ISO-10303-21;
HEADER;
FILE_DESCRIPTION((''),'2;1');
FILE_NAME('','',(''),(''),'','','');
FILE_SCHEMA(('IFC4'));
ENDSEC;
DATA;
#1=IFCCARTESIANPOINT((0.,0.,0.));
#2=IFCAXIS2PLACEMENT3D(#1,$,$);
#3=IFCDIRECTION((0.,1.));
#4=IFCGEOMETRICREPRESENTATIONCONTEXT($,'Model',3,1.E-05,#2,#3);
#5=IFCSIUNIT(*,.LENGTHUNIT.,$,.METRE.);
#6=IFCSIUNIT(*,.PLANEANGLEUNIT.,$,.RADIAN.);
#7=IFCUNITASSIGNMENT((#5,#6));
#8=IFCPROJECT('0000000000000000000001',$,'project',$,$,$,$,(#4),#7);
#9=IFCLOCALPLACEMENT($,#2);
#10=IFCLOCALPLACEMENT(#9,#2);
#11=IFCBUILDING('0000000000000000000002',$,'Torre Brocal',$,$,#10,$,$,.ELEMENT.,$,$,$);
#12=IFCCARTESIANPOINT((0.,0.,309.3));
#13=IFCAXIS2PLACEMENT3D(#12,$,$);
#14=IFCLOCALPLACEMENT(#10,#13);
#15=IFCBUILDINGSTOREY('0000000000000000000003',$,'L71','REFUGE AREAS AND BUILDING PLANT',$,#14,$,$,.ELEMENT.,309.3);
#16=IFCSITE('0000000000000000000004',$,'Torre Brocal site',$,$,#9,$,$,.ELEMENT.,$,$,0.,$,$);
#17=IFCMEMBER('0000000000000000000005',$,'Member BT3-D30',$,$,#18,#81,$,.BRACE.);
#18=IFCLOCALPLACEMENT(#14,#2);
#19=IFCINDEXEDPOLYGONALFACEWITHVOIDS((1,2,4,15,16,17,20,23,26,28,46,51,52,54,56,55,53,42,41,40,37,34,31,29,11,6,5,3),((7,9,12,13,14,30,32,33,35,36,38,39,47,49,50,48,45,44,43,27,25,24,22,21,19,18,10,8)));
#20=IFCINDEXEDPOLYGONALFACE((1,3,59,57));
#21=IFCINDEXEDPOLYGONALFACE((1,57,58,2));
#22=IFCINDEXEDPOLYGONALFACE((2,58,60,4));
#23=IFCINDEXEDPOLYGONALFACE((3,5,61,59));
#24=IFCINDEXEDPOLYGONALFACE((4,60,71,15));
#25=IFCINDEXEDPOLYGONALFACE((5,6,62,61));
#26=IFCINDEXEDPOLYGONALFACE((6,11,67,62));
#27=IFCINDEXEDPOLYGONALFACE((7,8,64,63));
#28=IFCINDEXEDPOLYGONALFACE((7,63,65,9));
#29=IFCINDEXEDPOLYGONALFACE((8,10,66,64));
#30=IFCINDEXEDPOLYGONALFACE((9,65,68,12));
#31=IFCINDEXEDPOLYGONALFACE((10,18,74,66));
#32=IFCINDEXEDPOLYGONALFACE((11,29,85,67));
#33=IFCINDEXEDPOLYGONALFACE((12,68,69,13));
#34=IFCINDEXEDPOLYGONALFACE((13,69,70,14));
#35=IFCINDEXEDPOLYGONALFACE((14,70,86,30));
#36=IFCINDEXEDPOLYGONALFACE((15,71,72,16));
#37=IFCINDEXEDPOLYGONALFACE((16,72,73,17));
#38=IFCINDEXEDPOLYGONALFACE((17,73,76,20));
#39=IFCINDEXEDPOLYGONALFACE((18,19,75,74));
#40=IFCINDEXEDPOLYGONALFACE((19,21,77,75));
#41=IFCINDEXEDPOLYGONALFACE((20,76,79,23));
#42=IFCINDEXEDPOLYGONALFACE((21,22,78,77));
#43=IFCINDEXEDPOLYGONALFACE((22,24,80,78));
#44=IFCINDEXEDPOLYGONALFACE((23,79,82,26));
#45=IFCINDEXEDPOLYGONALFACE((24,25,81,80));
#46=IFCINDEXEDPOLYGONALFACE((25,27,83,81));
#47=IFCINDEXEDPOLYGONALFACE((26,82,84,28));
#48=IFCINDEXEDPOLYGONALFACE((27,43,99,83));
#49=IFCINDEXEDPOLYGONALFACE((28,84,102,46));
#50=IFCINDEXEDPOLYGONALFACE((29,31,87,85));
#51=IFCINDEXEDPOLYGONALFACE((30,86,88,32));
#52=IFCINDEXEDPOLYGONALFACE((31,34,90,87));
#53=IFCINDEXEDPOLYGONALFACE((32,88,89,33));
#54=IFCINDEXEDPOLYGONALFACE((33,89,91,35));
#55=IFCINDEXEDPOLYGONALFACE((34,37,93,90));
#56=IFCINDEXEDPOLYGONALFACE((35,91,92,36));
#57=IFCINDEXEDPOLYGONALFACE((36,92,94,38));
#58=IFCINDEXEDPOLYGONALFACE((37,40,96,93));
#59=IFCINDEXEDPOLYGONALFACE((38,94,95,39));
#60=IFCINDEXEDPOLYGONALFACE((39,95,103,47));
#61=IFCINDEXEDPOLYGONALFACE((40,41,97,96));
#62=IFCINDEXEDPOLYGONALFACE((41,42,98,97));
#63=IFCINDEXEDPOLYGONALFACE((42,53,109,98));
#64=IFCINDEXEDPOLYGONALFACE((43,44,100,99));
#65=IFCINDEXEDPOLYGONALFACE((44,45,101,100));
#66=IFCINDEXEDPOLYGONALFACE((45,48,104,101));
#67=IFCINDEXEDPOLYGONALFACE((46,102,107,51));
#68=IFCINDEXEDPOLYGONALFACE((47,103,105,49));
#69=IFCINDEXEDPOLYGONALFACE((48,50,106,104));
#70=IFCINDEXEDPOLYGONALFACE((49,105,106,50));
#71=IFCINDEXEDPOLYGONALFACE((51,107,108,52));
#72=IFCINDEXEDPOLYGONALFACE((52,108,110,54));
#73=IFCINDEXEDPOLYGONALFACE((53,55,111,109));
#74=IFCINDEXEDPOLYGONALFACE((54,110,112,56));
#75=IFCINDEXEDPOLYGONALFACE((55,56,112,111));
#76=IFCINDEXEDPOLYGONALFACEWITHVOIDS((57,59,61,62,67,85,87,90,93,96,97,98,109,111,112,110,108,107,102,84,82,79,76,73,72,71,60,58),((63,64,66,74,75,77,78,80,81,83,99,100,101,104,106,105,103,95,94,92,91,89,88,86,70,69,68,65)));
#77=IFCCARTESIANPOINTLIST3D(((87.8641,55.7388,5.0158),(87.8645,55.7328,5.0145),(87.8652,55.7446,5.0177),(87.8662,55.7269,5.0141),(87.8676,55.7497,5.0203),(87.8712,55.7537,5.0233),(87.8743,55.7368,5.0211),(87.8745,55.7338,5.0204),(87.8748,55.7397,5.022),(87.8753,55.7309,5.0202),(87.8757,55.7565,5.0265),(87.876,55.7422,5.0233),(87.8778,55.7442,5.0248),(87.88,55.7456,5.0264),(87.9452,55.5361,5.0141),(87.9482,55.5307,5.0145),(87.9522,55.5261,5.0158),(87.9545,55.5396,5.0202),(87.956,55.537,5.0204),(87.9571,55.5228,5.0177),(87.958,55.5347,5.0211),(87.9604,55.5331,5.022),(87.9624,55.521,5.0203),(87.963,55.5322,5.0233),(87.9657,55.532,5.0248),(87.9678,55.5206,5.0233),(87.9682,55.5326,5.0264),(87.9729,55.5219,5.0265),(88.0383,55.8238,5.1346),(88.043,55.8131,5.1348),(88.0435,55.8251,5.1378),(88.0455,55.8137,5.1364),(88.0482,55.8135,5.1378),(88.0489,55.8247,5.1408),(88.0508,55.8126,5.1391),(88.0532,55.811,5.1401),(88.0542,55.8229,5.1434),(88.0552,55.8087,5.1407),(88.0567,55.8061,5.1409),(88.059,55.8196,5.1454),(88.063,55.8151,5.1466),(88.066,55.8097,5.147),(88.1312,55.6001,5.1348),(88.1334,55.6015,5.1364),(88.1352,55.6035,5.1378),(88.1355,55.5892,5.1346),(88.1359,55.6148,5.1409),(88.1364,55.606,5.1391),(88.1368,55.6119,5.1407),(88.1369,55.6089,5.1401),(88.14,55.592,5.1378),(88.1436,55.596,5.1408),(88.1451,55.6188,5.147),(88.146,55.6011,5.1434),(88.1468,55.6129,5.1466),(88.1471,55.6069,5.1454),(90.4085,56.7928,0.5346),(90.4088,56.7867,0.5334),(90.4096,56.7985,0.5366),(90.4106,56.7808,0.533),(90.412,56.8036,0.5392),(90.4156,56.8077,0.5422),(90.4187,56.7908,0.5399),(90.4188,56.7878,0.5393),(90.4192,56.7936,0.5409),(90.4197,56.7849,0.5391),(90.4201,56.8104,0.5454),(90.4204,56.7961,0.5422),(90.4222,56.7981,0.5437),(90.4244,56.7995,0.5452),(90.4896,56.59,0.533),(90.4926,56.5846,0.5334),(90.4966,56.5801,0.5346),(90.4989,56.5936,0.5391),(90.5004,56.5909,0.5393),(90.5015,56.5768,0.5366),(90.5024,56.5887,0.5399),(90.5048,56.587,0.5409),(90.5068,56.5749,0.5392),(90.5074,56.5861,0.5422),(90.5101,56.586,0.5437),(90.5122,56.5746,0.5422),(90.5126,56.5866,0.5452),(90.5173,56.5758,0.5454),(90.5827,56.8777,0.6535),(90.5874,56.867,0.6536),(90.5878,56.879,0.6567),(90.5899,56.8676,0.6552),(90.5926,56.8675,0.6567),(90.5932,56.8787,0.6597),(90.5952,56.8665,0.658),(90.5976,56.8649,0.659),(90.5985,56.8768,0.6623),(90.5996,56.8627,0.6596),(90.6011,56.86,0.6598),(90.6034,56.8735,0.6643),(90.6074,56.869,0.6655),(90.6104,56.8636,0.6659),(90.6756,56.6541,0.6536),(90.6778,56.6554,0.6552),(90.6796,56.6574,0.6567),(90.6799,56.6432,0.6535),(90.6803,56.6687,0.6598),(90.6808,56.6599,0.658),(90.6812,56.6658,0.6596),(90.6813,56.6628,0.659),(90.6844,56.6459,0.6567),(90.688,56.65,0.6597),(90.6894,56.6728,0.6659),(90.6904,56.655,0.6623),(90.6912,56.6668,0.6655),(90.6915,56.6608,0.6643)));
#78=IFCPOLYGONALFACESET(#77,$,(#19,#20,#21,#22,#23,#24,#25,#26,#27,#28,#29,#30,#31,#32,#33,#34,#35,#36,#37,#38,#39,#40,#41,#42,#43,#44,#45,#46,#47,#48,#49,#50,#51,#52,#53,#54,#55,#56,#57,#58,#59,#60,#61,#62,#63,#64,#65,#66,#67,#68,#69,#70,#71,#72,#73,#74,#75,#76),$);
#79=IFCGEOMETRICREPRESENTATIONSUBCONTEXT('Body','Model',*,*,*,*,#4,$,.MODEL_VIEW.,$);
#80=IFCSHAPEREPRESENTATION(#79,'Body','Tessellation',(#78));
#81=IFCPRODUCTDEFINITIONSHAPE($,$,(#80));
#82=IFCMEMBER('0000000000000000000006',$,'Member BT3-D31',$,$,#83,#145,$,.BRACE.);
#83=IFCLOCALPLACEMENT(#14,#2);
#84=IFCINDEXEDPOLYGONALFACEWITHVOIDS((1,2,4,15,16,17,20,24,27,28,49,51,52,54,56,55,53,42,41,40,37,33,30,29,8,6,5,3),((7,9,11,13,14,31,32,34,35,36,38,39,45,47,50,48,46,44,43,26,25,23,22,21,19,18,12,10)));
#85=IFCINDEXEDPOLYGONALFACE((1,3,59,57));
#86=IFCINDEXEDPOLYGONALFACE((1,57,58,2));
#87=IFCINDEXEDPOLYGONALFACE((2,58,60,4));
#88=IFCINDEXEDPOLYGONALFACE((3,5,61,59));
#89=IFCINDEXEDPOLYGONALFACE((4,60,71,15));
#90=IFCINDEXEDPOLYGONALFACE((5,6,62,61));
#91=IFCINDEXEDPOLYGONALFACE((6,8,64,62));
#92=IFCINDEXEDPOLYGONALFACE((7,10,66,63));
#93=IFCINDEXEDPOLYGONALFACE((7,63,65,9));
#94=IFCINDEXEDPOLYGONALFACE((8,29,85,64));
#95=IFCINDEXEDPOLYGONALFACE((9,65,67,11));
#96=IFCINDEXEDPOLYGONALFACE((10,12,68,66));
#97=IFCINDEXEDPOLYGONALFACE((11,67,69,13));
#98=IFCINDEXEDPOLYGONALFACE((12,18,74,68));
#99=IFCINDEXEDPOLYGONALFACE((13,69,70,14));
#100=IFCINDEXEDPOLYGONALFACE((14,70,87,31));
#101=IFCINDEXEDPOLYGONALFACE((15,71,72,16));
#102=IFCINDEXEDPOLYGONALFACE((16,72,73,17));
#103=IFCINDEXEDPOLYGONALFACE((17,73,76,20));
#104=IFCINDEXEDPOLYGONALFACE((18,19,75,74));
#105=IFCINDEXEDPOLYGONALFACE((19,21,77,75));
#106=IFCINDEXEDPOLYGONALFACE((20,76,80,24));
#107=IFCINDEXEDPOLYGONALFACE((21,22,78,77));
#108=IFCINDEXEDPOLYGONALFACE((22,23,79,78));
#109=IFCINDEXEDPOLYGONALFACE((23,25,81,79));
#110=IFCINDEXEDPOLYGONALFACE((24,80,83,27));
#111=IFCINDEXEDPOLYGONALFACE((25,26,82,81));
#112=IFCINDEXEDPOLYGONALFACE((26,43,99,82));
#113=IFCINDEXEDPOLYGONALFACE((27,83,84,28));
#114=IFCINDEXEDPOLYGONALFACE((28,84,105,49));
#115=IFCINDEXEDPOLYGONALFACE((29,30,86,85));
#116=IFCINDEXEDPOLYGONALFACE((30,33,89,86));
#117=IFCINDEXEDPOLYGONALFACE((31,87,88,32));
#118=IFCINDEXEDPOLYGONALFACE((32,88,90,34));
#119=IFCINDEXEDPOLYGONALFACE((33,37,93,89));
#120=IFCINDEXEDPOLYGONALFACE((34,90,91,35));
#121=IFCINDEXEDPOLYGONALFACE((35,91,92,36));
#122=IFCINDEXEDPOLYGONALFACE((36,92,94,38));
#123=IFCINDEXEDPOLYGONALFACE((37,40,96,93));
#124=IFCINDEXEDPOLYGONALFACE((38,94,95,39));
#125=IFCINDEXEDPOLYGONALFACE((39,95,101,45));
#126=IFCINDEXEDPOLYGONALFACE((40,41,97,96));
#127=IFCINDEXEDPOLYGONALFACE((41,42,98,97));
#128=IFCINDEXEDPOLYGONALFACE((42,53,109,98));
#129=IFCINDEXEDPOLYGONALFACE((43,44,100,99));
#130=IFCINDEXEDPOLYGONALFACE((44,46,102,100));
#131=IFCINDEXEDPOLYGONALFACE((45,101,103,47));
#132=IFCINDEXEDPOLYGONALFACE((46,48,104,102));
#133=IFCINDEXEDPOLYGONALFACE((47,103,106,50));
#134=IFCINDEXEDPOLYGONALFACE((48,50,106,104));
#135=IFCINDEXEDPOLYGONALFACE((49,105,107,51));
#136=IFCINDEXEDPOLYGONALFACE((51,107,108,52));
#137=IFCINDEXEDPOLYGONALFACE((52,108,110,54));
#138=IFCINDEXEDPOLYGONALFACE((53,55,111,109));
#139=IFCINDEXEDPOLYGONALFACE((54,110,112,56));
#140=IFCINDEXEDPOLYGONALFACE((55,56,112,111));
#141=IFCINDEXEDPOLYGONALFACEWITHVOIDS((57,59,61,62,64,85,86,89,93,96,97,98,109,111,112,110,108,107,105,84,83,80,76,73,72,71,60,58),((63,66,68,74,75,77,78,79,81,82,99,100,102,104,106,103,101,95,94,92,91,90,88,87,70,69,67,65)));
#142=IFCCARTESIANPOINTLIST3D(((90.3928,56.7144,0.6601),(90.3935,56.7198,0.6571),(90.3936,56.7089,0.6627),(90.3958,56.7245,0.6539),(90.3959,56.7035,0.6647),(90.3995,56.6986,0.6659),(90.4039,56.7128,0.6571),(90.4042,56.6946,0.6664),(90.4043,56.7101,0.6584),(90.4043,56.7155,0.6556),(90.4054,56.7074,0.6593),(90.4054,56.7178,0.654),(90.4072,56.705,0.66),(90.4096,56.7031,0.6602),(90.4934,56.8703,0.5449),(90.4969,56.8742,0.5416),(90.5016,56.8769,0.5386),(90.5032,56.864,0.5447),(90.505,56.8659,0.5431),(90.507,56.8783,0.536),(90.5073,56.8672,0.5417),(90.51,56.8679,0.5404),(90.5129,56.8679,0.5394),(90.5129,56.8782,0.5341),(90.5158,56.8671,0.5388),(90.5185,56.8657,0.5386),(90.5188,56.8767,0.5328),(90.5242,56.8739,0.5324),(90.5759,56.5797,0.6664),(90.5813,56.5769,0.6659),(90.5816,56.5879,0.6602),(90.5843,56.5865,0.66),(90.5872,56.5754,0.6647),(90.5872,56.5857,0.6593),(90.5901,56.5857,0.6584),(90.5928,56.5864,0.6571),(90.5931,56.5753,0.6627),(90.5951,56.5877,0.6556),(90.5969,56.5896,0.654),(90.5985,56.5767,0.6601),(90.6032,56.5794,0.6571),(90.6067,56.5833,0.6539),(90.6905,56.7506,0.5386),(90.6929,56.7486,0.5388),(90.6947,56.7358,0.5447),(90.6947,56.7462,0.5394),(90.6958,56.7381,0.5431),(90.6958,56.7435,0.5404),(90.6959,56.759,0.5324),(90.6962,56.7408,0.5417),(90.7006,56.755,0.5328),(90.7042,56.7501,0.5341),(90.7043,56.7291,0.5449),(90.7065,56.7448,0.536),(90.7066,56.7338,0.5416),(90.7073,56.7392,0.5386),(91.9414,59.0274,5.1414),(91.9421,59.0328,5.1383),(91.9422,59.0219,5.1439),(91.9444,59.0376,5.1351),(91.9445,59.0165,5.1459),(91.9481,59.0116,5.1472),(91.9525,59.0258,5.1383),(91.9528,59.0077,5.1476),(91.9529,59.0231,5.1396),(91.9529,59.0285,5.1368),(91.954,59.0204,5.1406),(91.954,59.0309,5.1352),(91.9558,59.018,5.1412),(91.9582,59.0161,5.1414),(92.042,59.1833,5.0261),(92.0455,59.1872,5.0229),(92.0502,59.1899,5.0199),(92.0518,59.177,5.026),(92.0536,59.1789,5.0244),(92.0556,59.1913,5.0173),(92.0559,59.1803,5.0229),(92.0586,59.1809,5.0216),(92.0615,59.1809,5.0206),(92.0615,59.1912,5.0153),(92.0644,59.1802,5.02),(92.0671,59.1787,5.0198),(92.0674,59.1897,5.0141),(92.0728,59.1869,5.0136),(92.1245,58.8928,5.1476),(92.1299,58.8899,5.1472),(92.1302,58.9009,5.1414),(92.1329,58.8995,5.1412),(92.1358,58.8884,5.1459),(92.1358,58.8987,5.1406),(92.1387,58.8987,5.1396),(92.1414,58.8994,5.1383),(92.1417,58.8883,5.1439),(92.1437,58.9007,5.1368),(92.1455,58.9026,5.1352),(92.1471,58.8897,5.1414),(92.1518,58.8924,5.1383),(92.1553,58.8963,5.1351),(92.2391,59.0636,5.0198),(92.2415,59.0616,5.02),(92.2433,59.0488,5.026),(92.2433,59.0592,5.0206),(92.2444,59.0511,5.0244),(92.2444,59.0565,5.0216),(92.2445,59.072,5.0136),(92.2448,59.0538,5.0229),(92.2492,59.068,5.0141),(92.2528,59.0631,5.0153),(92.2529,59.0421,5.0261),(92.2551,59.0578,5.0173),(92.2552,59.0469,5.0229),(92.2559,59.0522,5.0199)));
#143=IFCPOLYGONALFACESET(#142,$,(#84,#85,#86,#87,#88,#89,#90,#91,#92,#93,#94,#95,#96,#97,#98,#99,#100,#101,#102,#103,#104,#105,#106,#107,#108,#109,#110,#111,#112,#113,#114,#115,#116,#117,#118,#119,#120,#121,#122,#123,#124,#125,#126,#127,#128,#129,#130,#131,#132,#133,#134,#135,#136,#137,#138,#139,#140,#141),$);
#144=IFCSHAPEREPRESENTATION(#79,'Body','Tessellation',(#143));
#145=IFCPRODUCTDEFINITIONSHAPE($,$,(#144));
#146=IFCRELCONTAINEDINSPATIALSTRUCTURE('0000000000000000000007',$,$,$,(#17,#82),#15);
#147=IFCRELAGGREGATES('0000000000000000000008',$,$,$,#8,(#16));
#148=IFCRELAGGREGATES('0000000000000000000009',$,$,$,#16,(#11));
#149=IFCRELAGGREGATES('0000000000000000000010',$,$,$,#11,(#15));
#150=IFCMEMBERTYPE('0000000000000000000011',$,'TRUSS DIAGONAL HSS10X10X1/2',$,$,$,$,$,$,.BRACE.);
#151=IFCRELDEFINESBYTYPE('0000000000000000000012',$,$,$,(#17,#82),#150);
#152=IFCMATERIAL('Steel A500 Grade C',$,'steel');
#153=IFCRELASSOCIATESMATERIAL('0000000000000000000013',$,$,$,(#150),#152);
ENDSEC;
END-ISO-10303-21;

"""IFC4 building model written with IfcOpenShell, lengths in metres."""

from ifc_helpers import new_model, si_unit, direction, frame, origin, origin_2d, place, context, subcontext, project, spatial, hollow_rectangle, extrude, material, material_profile, profile_set, type_object, element, save


model = new_model("IFC4")

# Units and contexts
model_context = context("Model", 3, precision=1e-05, world=origin(), true_north=direction((0.0, 1.0)))
body_context = subcontext(model_context, "Body", "Model", "MODEL_VIEW")
ifc_project = project(units=[si_unit("LENGTHUNIT", "METRE"), si_unit("PLANEANGLEUNIT", "RADIAN")], contexts=[model_context])

# Site, building, storey
site_placement = place(None, origin())
site = spatial("IfcSite", under=ifc_project, at=site_placement, Name="Torre Brocal site", CompositionType="ELEMENT", RefElevation=0.0)
building_placement = place(site_placement, origin())
building = spatial("IfcBuilding", under=site, at=building_placement, Name="Torre Brocal", CompositionType="ELEMENT")
storey_placement = place(building_placement, frame((0.0, 0.0, 309.3)))
storey = spatial("IfcBuildingStorey", under=building, at=storey_placement, Name="L71", Description="REFUGE AREAS AND BUILDING PLANT", CompositionType="ELEMENT", Elevation=309.3)

# Members
ifc_material_1 = material(Name="Steel A500 Grade C", Category="steel")
ifc_material_profile_1 = material_profile(ifc_material_1, hollow_rectangle(XDim=0.2539, YDim=0.2539, WallThickness=0.0117, InnerFilletRadius=0.0117, OuterFilletRadius=0.0237, at=origin_2d()), Name="HSS10X10X1/2")
ifc_profile_set_1 = profile_set([ifc_material_profile_1], Name="Steel A500 Grade C")
member_type_1 = type_object("IfcMemberType", Name="TRUSS DIAGONAL HSS10X10X1/2", PredefinedType="BRACE", material=ifc_profile_set_1)
member_1_placement = place(storey_placement, frame((88.0056, 55.6729, 5.0806), z_axis=(0.483745, 0.200377, -0.851962), x_axis=(-0.382688, 0.923877, 0.0)))
element("IfcMember", 1, at=member_1_placement, inside=storey, type_object=member_type_1, Name="Member BT3-D30", PredefinedType="BRACE", context=body_context, shape_type="SweptSolid", body=[
    extrude(hollow_rectangle(XDim=0.2539, YDim=0.2539, WallThickness=0.0117, InnerFilletRadius=0.0117, OuterFilletRadius=0.0237, at=origin_2d()), origin(), (0.0, 0.0, 1.0), 5.2598),
])
for number, where, z_axis, x_axis, name in (
    (2, (90.55, 56.7268, 0.5994), (0.293552, 0.438453, 0.849462), (-0.830956, 0.556339, 0.0), "Member BT3-D31"),
):
    element("IfcMember", number, at=place(storey_placement, frame(where, z_axis=z_axis, x_axis=x_axis)), inside=storey, type_object=member_type_1, Name=name, PredefinedType="BRACE", context=body_context, shape_type="SweptSolid", body=[
        extrude(hollow_rectangle(XDim=0.2539, YDim=0.2539, WallThickness=0.0117, InnerFilletRadius=0.0117, OuterFilletRadius=0.0237, at=origin_2d()), origin(), (0.0, 0.0, 1.0), 5.2754),
    ])

save(model, "model.ifc")
